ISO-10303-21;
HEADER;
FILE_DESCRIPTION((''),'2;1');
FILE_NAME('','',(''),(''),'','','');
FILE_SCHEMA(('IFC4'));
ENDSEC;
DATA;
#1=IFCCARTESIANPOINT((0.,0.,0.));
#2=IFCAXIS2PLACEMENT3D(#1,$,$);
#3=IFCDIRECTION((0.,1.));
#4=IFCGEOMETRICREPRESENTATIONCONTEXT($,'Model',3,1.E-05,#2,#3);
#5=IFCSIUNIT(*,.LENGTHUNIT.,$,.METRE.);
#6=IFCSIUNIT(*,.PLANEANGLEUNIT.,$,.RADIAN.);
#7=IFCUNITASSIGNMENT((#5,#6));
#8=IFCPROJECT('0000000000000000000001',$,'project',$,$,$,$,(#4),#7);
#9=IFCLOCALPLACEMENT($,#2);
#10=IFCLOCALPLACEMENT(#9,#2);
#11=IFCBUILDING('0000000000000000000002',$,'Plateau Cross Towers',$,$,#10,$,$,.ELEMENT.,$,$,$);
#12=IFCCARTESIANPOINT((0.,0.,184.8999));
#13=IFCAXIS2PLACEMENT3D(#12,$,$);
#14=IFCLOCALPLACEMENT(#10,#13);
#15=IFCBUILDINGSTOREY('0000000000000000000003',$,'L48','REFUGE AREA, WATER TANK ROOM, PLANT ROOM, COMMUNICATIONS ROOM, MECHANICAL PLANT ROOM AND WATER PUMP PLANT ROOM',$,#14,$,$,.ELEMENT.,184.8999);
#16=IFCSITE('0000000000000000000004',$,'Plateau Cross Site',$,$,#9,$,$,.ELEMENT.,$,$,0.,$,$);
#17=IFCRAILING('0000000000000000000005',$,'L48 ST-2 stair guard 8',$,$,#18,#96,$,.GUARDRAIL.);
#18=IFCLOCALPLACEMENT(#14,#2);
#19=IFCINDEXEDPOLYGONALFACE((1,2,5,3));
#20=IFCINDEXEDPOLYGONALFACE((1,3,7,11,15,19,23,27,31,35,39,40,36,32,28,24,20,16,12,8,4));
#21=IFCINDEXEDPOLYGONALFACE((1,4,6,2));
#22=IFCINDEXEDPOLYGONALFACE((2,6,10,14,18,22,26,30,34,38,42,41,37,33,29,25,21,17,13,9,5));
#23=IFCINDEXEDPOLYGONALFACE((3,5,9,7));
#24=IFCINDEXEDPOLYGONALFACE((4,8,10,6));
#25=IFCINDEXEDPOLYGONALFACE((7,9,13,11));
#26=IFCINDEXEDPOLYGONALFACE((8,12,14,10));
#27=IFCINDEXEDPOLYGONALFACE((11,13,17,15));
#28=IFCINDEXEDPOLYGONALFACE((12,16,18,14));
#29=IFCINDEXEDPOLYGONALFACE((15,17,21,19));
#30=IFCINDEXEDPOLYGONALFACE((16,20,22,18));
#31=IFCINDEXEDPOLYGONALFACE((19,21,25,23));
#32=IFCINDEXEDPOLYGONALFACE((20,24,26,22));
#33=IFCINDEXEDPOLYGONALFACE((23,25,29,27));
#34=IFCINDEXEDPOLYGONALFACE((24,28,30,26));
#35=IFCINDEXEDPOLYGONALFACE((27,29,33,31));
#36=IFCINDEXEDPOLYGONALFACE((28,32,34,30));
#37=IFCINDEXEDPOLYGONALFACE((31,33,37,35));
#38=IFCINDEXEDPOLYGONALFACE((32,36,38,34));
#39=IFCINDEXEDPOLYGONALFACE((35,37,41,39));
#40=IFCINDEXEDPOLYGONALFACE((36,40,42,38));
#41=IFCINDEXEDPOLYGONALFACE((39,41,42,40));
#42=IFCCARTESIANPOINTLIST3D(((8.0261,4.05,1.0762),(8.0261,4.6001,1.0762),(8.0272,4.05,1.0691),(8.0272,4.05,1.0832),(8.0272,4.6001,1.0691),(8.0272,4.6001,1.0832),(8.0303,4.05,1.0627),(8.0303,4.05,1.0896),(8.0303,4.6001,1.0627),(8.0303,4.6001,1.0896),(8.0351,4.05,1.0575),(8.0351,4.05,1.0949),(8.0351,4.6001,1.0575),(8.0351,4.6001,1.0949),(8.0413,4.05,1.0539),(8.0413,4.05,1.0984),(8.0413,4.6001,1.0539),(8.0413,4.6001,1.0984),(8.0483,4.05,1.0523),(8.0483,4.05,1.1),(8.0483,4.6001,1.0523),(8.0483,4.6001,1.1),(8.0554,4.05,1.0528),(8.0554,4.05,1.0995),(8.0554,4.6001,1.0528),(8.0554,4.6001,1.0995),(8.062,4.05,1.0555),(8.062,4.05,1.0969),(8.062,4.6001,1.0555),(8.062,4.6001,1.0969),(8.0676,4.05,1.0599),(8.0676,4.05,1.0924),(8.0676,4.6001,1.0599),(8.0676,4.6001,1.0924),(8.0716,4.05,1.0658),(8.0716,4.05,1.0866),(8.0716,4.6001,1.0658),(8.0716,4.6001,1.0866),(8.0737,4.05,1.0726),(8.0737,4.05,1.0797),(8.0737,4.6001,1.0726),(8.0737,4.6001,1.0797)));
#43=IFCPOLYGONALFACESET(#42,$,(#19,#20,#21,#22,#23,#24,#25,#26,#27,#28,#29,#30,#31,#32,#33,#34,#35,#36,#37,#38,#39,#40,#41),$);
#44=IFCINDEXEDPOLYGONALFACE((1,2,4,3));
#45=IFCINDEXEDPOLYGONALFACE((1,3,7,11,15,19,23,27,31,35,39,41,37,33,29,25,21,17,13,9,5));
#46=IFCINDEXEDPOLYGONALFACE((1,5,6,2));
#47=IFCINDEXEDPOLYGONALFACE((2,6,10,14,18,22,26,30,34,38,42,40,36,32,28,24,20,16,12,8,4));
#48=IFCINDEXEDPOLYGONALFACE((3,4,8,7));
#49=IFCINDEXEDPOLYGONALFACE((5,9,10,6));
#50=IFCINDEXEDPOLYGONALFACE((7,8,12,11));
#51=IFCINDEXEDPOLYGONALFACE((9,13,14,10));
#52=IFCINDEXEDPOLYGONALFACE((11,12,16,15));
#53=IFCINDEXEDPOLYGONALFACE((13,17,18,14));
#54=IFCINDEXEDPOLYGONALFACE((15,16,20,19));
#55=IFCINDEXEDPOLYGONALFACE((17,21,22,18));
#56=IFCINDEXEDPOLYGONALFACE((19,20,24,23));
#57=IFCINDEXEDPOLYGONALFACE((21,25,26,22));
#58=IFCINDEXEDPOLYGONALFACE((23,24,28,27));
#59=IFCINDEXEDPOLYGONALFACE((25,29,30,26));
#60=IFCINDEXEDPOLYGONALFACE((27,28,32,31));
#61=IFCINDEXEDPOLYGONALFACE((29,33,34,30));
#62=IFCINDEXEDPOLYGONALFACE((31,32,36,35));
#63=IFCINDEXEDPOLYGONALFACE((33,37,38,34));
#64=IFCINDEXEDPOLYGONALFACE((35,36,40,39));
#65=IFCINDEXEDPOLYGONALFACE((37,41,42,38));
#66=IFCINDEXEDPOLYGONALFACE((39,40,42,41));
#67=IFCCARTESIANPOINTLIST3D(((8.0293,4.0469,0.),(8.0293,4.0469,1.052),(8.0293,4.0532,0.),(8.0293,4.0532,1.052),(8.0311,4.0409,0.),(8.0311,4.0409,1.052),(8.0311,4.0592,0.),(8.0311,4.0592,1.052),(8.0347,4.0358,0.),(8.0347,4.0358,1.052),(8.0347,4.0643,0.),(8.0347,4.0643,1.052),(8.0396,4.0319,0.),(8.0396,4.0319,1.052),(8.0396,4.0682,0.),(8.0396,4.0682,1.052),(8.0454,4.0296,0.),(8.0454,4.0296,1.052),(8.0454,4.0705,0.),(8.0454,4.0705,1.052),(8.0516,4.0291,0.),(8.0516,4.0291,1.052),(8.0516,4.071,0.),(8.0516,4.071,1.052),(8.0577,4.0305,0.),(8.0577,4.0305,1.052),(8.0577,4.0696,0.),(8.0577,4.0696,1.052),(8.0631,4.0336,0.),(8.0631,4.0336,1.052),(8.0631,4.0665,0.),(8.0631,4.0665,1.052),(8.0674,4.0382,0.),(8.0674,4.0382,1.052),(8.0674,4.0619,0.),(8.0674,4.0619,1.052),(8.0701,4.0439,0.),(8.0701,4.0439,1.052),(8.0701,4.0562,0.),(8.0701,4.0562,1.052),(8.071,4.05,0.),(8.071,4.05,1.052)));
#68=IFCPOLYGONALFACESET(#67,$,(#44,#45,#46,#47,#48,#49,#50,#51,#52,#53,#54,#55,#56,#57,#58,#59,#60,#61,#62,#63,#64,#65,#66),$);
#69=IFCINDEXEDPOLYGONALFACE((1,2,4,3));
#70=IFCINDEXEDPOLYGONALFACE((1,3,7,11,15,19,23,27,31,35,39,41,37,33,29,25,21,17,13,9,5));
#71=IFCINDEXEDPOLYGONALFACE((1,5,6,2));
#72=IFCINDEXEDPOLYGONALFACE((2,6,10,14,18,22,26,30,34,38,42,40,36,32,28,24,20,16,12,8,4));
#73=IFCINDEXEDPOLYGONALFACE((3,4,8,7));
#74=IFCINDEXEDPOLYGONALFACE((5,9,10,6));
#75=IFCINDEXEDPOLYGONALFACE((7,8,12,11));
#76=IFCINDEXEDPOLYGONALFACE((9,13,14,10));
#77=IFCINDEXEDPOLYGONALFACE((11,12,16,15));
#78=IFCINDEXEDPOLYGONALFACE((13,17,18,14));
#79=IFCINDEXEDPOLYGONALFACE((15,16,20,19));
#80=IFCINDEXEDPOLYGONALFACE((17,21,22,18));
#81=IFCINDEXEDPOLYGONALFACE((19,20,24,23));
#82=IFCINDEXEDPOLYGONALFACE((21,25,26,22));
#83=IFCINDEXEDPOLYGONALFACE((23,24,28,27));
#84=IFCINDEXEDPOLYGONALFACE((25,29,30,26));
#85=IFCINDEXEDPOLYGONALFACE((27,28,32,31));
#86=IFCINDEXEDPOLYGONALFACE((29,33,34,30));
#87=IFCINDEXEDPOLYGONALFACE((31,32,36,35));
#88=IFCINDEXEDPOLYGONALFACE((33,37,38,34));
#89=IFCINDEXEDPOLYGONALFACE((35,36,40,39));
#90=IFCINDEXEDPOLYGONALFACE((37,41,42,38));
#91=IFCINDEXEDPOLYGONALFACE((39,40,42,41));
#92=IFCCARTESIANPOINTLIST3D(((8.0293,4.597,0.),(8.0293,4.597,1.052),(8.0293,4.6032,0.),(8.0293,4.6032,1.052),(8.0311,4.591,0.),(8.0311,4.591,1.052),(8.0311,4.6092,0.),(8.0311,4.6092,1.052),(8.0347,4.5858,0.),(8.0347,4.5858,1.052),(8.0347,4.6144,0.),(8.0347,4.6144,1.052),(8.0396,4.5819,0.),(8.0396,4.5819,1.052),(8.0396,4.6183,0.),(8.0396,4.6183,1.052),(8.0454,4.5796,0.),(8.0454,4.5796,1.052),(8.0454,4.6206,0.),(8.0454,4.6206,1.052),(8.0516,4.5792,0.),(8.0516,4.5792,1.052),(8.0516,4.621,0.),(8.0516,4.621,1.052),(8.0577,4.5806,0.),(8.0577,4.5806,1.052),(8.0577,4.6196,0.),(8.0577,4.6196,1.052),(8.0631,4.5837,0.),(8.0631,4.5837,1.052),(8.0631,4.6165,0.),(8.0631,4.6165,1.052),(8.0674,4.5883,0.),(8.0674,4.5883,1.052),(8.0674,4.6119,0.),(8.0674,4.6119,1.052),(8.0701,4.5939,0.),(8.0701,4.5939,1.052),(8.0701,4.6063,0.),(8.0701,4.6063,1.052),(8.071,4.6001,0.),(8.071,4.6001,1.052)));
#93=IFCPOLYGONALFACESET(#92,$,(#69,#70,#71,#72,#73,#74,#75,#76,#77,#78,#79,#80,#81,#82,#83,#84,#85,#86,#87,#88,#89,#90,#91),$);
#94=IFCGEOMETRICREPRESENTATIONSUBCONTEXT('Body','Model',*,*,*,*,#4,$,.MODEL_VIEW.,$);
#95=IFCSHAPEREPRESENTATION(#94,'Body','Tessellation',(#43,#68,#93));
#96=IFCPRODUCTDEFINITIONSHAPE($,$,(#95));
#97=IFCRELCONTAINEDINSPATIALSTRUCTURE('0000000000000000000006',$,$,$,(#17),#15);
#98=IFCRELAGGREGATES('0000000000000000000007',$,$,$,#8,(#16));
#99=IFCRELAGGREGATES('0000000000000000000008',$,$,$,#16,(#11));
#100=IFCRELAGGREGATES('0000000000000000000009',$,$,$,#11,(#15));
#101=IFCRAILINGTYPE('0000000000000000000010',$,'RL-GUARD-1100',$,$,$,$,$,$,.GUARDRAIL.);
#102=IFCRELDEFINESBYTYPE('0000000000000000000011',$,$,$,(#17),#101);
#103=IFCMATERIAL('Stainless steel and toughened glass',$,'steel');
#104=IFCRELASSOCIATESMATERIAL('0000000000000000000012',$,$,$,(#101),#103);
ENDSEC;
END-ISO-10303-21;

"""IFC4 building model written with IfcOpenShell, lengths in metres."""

from ifc_helpers import new_model, si_unit, direction, frame, origin, origin_2d, place, context, subcontext, project, spatial, circle, extrude, material, type_object, element, save


model = new_model("IFC4")

# Units and contexts
model_context = context("Model", 3, precision=1e-05, world=origin(), true_north=direction((0.0, 1.0)))
body_context = subcontext(model_context, "Body", "Model", "MODEL_VIEW")
ifc_project = project(units=[si_unit("LENGTHUNIT", "METRE"), si_unit("PLANEANGLEUNIT", "RADIAN")], contexts=[model_context])

# Site, building, storey
site_placement = place(None, origin())
site = spatial("IfcSite", under=ifc_project, at=site_placement, Name="Plateau Cross Site", CompositionType="ELEMENT", RefElevation=0.0)
building_placement = place(site_placement, origin())
building = spatial("IfcBuilding", under=site, at=building_placement, Name="Plateau Cross Towers", CompositionType="ELEMENT")
storey_placement = place(building_placement, frame((0.0, 0.0, 184.8999)))
storey = spatial("IfcBuildingStorey", under=building, at=storey_placement, Name="L48", Description="REFUGE AREA, WATER TANK ROOM, PLANT ROOM, COMMUNICATIONS ROOM, MECHANICAL PLANT ROOM AND WATER PUMP PLANT ROOM", CompositionType="ELEMENT", Elevation=184.8999)

# Railing
ifc_material_1 = material(Name="Stainless steel and toughened glass", Category="steel")
railing_type_1 = type_object("IfcRailingType", Name="RL-GUARD-1100", PredefinedType="GUARDRAIL", material=ifc_material_1)
railing_1_placement = place(storey_placement, frame((8.05, 4.05, 0.0)))
element("IfcRailing", 1, at=railing_1_placement, inside=storey, type_object=railing_type_1, Name="L48 ST-2 stair guard 8", PredefinedType="GUARDRAIL", context=body_context, shape_type="SweptSolid", body=[
    extrude(circle(Radius=0.0239, at=origin_2d()), frame((0.0, 0.0, 1.0762), z_axis=(0.0, 1.0, 0.0), x_axis=(-1.0, 0.0, 0.0)), (0.0, 0.0, 1.0), 0.55),
    extrude(circle(Radius=0.021, at=origin_2d()), origin(), (0.0, 0.0, 1.0), 1.052),
    extrude(circle(Radius=0.021, at=origin_2d()), frame((0.0, 0.55, 0.0)), (0.0, 0.0, 1.0), 1.052),
])

save(model, "model.ifc")
